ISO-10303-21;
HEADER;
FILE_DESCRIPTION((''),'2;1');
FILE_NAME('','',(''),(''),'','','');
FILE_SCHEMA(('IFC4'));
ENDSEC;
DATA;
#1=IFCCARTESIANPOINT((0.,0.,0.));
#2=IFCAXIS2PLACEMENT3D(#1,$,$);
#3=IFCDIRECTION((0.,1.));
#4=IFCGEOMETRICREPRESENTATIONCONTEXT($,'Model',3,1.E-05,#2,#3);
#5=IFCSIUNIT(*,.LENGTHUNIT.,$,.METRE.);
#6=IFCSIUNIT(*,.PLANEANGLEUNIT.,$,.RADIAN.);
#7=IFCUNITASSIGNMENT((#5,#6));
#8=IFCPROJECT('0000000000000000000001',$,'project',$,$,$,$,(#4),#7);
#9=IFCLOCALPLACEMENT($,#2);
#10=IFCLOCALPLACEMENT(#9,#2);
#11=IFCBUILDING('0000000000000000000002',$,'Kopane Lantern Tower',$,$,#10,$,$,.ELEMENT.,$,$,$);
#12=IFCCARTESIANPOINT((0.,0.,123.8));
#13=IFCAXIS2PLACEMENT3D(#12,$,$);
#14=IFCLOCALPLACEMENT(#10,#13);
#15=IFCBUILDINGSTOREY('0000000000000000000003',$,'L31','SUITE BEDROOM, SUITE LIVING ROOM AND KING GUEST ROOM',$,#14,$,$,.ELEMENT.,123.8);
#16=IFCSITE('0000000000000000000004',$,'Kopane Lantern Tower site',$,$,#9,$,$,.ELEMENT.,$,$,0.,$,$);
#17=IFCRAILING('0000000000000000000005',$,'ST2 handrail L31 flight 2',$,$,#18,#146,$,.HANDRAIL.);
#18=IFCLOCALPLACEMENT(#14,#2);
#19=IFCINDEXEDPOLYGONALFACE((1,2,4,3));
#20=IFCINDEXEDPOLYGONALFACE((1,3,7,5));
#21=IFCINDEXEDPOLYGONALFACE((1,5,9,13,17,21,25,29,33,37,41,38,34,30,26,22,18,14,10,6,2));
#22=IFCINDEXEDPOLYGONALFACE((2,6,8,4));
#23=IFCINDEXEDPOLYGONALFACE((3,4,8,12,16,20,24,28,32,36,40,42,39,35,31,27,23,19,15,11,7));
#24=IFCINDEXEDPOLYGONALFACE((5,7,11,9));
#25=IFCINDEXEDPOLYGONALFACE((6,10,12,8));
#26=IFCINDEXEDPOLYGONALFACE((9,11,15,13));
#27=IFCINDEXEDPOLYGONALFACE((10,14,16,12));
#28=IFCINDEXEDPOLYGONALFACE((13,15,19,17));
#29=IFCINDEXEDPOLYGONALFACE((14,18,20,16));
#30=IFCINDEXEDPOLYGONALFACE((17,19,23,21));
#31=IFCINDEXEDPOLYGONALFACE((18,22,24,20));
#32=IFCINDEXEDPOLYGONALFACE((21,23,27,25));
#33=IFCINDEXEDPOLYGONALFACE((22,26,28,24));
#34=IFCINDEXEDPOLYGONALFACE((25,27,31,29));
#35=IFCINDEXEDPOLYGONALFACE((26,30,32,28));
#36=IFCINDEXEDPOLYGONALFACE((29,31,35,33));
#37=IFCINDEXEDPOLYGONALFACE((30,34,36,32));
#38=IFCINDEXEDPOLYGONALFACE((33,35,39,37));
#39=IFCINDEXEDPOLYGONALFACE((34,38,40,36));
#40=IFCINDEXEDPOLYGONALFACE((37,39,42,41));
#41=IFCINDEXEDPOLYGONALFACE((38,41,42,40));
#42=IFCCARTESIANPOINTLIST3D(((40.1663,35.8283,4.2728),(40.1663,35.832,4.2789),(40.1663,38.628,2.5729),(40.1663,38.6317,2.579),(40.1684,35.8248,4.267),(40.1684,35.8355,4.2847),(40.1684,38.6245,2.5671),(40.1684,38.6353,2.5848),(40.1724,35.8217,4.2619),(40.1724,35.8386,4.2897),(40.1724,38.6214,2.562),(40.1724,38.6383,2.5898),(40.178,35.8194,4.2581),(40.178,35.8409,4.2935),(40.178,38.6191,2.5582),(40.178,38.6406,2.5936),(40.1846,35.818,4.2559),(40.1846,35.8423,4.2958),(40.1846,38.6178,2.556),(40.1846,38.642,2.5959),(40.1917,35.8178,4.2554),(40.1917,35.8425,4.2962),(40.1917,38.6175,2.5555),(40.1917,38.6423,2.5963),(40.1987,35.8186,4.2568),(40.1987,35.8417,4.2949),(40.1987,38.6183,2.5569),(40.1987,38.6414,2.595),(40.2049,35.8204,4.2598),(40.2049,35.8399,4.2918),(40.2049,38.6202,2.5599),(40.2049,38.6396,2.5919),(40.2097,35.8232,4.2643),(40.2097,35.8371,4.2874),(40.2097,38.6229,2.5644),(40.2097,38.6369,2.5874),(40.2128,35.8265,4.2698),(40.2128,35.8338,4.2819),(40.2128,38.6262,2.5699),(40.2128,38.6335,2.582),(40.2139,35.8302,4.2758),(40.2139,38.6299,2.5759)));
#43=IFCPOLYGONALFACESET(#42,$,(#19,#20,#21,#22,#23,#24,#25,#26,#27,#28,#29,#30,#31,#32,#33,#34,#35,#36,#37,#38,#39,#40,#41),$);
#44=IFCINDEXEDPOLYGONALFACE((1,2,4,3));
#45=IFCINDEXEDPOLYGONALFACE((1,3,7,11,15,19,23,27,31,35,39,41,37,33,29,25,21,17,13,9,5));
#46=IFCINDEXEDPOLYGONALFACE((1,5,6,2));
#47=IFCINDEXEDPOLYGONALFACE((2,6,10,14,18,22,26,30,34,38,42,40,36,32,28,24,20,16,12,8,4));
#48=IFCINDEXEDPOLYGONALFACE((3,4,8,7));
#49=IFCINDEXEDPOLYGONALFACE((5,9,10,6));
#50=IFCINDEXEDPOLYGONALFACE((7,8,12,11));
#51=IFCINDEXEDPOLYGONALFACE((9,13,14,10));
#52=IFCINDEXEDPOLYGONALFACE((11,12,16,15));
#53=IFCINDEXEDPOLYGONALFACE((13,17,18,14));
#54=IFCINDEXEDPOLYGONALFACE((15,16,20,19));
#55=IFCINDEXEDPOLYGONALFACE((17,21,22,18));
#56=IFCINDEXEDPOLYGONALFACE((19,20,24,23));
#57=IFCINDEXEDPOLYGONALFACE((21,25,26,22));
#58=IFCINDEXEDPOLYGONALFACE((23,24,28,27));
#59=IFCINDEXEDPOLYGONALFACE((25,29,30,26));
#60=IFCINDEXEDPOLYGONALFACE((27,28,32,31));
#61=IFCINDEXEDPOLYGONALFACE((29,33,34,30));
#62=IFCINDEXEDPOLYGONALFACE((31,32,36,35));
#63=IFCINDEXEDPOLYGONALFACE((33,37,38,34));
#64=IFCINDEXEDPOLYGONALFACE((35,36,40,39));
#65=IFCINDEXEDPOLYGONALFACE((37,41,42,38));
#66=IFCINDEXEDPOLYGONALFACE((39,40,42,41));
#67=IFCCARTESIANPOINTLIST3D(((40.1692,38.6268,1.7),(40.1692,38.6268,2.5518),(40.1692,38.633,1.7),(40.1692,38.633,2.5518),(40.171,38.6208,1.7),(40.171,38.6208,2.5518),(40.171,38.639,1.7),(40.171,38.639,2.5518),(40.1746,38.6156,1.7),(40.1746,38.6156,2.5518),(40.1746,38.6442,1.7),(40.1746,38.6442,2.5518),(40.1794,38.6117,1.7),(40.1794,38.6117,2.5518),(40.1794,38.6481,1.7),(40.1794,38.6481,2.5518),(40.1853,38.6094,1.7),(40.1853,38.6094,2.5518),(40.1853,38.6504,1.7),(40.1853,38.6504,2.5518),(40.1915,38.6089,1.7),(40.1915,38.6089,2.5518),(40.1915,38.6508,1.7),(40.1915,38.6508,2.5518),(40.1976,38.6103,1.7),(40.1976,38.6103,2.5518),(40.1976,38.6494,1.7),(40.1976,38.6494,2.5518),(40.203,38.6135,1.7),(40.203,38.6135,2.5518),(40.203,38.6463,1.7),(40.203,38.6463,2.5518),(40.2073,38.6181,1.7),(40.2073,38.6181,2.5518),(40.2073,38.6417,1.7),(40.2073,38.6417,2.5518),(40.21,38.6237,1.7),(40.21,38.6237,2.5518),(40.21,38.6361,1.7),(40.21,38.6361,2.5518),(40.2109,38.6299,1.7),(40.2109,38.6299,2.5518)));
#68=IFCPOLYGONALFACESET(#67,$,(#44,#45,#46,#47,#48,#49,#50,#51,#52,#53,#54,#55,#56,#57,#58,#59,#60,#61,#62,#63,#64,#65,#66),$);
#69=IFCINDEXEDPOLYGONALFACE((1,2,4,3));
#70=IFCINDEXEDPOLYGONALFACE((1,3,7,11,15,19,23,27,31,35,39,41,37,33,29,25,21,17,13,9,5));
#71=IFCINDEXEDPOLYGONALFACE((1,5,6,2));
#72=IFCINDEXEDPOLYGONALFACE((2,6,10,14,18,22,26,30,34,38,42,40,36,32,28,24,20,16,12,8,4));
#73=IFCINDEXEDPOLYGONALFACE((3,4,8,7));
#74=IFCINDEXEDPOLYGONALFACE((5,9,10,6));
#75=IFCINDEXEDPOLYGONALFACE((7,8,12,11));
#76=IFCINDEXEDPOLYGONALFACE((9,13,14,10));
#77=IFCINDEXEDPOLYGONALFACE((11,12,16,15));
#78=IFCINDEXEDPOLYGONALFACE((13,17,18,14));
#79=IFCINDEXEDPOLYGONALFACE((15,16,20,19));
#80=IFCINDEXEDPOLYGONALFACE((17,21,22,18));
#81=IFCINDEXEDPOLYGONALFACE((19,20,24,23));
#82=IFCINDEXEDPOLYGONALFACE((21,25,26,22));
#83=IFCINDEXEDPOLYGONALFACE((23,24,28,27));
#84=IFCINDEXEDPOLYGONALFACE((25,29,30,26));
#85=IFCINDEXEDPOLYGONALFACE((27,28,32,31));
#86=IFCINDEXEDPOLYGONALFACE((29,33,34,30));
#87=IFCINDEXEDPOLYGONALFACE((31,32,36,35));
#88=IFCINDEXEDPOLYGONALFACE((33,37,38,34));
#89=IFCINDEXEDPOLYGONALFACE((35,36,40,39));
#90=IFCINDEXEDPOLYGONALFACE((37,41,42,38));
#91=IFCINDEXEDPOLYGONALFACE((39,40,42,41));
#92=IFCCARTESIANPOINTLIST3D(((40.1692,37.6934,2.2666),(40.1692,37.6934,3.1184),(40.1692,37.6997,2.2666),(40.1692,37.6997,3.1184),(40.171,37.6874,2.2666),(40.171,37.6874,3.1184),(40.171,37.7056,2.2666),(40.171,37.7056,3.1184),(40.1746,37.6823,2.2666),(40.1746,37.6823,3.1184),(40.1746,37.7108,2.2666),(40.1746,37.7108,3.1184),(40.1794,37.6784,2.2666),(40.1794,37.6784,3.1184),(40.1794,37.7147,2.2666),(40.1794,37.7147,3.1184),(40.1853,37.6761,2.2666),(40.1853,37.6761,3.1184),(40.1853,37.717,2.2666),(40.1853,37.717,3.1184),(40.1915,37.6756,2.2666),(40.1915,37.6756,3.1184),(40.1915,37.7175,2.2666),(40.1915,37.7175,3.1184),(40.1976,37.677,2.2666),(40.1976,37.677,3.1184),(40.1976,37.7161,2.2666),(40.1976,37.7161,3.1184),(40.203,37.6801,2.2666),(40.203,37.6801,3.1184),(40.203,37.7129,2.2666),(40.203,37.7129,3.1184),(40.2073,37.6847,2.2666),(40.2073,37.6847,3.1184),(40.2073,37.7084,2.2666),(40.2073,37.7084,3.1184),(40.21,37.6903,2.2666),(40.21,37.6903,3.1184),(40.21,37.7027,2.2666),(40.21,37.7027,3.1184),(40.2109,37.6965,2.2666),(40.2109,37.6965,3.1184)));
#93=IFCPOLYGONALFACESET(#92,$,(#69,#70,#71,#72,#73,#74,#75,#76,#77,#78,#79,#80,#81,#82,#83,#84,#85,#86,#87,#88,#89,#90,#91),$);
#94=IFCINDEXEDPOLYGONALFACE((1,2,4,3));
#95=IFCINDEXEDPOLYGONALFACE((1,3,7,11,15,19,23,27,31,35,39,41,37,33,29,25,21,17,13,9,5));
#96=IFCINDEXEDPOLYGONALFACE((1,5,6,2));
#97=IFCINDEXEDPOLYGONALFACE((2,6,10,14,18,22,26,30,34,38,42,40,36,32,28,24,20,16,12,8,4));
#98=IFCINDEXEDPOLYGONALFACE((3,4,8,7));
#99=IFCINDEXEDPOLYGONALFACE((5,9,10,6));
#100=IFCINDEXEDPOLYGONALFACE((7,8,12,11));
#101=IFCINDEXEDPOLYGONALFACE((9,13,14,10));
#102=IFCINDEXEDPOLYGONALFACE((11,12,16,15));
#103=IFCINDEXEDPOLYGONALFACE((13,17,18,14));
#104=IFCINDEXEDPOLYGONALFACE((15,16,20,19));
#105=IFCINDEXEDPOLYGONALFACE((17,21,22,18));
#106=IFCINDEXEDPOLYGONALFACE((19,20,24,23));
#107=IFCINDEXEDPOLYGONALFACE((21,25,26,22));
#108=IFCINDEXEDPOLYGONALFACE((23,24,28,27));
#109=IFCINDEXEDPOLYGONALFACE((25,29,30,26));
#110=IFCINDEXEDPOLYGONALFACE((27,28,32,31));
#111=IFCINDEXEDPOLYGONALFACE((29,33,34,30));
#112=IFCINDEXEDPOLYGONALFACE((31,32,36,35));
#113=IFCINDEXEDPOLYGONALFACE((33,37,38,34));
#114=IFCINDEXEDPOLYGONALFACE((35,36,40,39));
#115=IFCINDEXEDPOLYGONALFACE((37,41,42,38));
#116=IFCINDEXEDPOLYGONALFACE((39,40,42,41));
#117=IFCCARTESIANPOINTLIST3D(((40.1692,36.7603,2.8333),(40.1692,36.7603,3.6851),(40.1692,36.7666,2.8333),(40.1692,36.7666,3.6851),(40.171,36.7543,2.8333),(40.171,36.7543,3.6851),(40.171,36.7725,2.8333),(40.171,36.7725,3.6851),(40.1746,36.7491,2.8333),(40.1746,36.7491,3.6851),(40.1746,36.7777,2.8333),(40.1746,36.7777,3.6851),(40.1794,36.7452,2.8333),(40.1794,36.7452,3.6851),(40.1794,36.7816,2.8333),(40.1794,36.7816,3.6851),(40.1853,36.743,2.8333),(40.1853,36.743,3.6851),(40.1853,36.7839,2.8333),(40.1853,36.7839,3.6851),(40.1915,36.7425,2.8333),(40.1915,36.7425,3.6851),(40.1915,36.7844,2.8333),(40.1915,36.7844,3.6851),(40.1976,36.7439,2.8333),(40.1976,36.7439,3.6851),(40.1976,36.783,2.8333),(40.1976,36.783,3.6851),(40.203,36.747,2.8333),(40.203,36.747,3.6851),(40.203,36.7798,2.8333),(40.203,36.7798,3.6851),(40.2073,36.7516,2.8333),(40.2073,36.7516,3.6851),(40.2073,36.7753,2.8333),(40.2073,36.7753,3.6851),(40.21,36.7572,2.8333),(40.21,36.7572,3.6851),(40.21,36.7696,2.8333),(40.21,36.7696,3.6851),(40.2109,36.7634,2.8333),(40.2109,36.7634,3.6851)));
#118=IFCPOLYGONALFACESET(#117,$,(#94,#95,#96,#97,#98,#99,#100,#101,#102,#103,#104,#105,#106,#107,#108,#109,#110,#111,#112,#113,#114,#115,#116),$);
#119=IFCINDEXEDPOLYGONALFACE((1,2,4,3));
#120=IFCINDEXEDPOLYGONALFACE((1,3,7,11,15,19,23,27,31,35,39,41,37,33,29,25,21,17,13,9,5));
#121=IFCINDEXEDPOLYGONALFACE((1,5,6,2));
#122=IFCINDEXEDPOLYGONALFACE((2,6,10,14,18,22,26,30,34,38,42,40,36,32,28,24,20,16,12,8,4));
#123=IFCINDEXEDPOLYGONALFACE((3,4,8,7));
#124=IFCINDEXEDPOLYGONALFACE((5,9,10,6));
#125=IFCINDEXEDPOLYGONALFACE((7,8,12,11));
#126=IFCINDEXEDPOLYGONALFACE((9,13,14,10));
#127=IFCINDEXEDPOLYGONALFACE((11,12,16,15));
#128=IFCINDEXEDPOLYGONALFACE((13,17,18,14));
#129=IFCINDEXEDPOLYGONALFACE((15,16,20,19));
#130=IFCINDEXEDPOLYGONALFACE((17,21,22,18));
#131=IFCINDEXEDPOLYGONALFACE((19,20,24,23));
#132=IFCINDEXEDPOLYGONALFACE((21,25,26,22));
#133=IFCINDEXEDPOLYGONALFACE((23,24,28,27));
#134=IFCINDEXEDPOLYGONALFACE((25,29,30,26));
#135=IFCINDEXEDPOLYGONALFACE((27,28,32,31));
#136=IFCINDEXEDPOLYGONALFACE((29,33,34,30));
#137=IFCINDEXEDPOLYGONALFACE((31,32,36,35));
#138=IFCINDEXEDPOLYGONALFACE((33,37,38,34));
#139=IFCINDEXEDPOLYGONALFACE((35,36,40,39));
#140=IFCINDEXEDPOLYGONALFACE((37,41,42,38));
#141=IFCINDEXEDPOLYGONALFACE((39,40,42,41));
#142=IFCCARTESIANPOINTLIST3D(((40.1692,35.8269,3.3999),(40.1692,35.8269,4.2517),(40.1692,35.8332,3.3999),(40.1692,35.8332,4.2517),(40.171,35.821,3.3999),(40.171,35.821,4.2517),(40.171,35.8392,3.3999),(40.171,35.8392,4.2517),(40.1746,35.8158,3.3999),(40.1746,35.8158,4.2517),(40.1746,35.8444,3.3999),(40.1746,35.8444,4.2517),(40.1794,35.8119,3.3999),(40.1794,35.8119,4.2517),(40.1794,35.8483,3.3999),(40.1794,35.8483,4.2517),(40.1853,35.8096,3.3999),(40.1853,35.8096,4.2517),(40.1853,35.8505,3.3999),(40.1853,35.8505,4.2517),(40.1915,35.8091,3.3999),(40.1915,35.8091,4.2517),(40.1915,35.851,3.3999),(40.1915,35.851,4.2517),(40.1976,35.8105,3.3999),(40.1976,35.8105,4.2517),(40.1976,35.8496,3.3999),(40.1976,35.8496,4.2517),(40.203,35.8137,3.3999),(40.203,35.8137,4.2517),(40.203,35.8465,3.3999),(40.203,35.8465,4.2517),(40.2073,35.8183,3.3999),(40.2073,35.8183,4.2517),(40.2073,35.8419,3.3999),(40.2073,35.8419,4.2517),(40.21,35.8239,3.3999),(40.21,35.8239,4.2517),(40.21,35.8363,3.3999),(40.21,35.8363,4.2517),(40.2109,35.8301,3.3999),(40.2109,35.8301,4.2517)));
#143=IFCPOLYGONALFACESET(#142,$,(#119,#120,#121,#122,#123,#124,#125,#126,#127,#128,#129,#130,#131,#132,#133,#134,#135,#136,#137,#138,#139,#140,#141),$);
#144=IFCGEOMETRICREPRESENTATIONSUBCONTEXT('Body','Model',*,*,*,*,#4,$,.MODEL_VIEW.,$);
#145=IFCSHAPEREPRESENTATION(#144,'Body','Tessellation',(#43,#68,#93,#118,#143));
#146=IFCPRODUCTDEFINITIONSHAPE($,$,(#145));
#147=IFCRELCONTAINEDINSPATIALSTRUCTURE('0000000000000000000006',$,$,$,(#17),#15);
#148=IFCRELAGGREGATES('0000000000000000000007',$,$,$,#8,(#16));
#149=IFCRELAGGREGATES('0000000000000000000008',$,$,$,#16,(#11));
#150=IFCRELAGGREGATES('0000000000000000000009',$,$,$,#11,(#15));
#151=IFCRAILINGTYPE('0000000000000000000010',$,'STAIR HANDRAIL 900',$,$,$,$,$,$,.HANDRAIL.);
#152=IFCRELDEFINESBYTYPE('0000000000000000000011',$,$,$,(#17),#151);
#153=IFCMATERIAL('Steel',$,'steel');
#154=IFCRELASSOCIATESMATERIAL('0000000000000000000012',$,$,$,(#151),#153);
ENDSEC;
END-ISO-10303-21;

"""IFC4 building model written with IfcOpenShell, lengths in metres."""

from ifc_helpers import new_model, si_unit, direction, frame, origin, origin_2d, place, context, subcontext, project, spatial, circle, extrude, material, type_object, element, save


model = new_model("IFC4")

# Units and contexts
model_context = context("Model", 3, precision=1e-05, world=origin(), true_north=direction((0.0, 1.0)))
body_context = subcontext(model_context, "Body", "Model", "MODEL_VIEW")
ifc_project = project(units=[si_unit("LENGTHUNIT", "METRE"), si_unit("PLANEANGLEUNIT", "RADIAN")], contexts=[model_context])

# Site, building, storey
site_placement = place(None, origin())
site = spatial("IfcSite", under=ifc_project, at=site_placement, Name="Kopane Lantern Tower site", CompositionType="ELEMENT", RefElevation=0.0)
building_placement = place(site_placement, origin())
building = spatial("IfcBuilding", under=site, at=building_placement, Name="Kopane Lantern Tower", CompositionType="ELEMENT")
storey_placement = place(building_placement, frame((0.0, 0.0, 123.8)))
storey = spatial("IfcBuildingStorey", under=building, at=storey_placement, Name="L31", Description="SUITE BEDROOM, SUITE LIVING ROOM AND KING GUEST ROOM", CompositionType="ELEMENT", Elevation=123.8)

# Railing
ifc_material_1 = material(Name="Steel", Category="steel")
railing_type_1 = type_object("IfcRailingType", Name="STAIR HANDRAIL 900", PredefinedType="HANDRAIL", material=ifc_material_1)
for number, where, name in (
    (1, (40.1899, 38.6299, 1.7), "ST2 handrail L31 flight 2"),
):
    element("IfcRailing", number, at=place(storey_placement, frame(where)), inside=storey, type_object=railing_type_1, Name=name, PredefinedType="HANDRAIL", context=body_context, shape_type="SweptSolid", body=[
        extrude(circle(Radius=0.0239, at=origin_2d()), frame((0.0, 0.0, 0.876), z_axis=(0.0, -0.854778, 0.518994), x_axis=(1.0, 0.0, 0.0)), (0.0, 0.0, 1.0), 3.2754),
        extrude(circle(Radius=0.021, at=origin_2d()), origin(), (0.0, 0.0, 1.0), 0.8518),
        extrude(circle(Radius=0.021, at=origin_2d()), frame((0.0, -0.9333, 0.5667)), (0.0, 0.0, 1.0), 0.8518),
        extrude(circle(Radius=0.021, at=origin_2d()), frame((0.0, -1.8665, 1.1333)), (0.0, 0.0, 1.0), 0.8518),
        extrude(circle(Radius=0.021, at=origin_2d()), frame((0.0, -2.7998, 1.7)), (0.0, 0.0, 1.0), 0.8518),
    ])

save(model, "model.ifc")
